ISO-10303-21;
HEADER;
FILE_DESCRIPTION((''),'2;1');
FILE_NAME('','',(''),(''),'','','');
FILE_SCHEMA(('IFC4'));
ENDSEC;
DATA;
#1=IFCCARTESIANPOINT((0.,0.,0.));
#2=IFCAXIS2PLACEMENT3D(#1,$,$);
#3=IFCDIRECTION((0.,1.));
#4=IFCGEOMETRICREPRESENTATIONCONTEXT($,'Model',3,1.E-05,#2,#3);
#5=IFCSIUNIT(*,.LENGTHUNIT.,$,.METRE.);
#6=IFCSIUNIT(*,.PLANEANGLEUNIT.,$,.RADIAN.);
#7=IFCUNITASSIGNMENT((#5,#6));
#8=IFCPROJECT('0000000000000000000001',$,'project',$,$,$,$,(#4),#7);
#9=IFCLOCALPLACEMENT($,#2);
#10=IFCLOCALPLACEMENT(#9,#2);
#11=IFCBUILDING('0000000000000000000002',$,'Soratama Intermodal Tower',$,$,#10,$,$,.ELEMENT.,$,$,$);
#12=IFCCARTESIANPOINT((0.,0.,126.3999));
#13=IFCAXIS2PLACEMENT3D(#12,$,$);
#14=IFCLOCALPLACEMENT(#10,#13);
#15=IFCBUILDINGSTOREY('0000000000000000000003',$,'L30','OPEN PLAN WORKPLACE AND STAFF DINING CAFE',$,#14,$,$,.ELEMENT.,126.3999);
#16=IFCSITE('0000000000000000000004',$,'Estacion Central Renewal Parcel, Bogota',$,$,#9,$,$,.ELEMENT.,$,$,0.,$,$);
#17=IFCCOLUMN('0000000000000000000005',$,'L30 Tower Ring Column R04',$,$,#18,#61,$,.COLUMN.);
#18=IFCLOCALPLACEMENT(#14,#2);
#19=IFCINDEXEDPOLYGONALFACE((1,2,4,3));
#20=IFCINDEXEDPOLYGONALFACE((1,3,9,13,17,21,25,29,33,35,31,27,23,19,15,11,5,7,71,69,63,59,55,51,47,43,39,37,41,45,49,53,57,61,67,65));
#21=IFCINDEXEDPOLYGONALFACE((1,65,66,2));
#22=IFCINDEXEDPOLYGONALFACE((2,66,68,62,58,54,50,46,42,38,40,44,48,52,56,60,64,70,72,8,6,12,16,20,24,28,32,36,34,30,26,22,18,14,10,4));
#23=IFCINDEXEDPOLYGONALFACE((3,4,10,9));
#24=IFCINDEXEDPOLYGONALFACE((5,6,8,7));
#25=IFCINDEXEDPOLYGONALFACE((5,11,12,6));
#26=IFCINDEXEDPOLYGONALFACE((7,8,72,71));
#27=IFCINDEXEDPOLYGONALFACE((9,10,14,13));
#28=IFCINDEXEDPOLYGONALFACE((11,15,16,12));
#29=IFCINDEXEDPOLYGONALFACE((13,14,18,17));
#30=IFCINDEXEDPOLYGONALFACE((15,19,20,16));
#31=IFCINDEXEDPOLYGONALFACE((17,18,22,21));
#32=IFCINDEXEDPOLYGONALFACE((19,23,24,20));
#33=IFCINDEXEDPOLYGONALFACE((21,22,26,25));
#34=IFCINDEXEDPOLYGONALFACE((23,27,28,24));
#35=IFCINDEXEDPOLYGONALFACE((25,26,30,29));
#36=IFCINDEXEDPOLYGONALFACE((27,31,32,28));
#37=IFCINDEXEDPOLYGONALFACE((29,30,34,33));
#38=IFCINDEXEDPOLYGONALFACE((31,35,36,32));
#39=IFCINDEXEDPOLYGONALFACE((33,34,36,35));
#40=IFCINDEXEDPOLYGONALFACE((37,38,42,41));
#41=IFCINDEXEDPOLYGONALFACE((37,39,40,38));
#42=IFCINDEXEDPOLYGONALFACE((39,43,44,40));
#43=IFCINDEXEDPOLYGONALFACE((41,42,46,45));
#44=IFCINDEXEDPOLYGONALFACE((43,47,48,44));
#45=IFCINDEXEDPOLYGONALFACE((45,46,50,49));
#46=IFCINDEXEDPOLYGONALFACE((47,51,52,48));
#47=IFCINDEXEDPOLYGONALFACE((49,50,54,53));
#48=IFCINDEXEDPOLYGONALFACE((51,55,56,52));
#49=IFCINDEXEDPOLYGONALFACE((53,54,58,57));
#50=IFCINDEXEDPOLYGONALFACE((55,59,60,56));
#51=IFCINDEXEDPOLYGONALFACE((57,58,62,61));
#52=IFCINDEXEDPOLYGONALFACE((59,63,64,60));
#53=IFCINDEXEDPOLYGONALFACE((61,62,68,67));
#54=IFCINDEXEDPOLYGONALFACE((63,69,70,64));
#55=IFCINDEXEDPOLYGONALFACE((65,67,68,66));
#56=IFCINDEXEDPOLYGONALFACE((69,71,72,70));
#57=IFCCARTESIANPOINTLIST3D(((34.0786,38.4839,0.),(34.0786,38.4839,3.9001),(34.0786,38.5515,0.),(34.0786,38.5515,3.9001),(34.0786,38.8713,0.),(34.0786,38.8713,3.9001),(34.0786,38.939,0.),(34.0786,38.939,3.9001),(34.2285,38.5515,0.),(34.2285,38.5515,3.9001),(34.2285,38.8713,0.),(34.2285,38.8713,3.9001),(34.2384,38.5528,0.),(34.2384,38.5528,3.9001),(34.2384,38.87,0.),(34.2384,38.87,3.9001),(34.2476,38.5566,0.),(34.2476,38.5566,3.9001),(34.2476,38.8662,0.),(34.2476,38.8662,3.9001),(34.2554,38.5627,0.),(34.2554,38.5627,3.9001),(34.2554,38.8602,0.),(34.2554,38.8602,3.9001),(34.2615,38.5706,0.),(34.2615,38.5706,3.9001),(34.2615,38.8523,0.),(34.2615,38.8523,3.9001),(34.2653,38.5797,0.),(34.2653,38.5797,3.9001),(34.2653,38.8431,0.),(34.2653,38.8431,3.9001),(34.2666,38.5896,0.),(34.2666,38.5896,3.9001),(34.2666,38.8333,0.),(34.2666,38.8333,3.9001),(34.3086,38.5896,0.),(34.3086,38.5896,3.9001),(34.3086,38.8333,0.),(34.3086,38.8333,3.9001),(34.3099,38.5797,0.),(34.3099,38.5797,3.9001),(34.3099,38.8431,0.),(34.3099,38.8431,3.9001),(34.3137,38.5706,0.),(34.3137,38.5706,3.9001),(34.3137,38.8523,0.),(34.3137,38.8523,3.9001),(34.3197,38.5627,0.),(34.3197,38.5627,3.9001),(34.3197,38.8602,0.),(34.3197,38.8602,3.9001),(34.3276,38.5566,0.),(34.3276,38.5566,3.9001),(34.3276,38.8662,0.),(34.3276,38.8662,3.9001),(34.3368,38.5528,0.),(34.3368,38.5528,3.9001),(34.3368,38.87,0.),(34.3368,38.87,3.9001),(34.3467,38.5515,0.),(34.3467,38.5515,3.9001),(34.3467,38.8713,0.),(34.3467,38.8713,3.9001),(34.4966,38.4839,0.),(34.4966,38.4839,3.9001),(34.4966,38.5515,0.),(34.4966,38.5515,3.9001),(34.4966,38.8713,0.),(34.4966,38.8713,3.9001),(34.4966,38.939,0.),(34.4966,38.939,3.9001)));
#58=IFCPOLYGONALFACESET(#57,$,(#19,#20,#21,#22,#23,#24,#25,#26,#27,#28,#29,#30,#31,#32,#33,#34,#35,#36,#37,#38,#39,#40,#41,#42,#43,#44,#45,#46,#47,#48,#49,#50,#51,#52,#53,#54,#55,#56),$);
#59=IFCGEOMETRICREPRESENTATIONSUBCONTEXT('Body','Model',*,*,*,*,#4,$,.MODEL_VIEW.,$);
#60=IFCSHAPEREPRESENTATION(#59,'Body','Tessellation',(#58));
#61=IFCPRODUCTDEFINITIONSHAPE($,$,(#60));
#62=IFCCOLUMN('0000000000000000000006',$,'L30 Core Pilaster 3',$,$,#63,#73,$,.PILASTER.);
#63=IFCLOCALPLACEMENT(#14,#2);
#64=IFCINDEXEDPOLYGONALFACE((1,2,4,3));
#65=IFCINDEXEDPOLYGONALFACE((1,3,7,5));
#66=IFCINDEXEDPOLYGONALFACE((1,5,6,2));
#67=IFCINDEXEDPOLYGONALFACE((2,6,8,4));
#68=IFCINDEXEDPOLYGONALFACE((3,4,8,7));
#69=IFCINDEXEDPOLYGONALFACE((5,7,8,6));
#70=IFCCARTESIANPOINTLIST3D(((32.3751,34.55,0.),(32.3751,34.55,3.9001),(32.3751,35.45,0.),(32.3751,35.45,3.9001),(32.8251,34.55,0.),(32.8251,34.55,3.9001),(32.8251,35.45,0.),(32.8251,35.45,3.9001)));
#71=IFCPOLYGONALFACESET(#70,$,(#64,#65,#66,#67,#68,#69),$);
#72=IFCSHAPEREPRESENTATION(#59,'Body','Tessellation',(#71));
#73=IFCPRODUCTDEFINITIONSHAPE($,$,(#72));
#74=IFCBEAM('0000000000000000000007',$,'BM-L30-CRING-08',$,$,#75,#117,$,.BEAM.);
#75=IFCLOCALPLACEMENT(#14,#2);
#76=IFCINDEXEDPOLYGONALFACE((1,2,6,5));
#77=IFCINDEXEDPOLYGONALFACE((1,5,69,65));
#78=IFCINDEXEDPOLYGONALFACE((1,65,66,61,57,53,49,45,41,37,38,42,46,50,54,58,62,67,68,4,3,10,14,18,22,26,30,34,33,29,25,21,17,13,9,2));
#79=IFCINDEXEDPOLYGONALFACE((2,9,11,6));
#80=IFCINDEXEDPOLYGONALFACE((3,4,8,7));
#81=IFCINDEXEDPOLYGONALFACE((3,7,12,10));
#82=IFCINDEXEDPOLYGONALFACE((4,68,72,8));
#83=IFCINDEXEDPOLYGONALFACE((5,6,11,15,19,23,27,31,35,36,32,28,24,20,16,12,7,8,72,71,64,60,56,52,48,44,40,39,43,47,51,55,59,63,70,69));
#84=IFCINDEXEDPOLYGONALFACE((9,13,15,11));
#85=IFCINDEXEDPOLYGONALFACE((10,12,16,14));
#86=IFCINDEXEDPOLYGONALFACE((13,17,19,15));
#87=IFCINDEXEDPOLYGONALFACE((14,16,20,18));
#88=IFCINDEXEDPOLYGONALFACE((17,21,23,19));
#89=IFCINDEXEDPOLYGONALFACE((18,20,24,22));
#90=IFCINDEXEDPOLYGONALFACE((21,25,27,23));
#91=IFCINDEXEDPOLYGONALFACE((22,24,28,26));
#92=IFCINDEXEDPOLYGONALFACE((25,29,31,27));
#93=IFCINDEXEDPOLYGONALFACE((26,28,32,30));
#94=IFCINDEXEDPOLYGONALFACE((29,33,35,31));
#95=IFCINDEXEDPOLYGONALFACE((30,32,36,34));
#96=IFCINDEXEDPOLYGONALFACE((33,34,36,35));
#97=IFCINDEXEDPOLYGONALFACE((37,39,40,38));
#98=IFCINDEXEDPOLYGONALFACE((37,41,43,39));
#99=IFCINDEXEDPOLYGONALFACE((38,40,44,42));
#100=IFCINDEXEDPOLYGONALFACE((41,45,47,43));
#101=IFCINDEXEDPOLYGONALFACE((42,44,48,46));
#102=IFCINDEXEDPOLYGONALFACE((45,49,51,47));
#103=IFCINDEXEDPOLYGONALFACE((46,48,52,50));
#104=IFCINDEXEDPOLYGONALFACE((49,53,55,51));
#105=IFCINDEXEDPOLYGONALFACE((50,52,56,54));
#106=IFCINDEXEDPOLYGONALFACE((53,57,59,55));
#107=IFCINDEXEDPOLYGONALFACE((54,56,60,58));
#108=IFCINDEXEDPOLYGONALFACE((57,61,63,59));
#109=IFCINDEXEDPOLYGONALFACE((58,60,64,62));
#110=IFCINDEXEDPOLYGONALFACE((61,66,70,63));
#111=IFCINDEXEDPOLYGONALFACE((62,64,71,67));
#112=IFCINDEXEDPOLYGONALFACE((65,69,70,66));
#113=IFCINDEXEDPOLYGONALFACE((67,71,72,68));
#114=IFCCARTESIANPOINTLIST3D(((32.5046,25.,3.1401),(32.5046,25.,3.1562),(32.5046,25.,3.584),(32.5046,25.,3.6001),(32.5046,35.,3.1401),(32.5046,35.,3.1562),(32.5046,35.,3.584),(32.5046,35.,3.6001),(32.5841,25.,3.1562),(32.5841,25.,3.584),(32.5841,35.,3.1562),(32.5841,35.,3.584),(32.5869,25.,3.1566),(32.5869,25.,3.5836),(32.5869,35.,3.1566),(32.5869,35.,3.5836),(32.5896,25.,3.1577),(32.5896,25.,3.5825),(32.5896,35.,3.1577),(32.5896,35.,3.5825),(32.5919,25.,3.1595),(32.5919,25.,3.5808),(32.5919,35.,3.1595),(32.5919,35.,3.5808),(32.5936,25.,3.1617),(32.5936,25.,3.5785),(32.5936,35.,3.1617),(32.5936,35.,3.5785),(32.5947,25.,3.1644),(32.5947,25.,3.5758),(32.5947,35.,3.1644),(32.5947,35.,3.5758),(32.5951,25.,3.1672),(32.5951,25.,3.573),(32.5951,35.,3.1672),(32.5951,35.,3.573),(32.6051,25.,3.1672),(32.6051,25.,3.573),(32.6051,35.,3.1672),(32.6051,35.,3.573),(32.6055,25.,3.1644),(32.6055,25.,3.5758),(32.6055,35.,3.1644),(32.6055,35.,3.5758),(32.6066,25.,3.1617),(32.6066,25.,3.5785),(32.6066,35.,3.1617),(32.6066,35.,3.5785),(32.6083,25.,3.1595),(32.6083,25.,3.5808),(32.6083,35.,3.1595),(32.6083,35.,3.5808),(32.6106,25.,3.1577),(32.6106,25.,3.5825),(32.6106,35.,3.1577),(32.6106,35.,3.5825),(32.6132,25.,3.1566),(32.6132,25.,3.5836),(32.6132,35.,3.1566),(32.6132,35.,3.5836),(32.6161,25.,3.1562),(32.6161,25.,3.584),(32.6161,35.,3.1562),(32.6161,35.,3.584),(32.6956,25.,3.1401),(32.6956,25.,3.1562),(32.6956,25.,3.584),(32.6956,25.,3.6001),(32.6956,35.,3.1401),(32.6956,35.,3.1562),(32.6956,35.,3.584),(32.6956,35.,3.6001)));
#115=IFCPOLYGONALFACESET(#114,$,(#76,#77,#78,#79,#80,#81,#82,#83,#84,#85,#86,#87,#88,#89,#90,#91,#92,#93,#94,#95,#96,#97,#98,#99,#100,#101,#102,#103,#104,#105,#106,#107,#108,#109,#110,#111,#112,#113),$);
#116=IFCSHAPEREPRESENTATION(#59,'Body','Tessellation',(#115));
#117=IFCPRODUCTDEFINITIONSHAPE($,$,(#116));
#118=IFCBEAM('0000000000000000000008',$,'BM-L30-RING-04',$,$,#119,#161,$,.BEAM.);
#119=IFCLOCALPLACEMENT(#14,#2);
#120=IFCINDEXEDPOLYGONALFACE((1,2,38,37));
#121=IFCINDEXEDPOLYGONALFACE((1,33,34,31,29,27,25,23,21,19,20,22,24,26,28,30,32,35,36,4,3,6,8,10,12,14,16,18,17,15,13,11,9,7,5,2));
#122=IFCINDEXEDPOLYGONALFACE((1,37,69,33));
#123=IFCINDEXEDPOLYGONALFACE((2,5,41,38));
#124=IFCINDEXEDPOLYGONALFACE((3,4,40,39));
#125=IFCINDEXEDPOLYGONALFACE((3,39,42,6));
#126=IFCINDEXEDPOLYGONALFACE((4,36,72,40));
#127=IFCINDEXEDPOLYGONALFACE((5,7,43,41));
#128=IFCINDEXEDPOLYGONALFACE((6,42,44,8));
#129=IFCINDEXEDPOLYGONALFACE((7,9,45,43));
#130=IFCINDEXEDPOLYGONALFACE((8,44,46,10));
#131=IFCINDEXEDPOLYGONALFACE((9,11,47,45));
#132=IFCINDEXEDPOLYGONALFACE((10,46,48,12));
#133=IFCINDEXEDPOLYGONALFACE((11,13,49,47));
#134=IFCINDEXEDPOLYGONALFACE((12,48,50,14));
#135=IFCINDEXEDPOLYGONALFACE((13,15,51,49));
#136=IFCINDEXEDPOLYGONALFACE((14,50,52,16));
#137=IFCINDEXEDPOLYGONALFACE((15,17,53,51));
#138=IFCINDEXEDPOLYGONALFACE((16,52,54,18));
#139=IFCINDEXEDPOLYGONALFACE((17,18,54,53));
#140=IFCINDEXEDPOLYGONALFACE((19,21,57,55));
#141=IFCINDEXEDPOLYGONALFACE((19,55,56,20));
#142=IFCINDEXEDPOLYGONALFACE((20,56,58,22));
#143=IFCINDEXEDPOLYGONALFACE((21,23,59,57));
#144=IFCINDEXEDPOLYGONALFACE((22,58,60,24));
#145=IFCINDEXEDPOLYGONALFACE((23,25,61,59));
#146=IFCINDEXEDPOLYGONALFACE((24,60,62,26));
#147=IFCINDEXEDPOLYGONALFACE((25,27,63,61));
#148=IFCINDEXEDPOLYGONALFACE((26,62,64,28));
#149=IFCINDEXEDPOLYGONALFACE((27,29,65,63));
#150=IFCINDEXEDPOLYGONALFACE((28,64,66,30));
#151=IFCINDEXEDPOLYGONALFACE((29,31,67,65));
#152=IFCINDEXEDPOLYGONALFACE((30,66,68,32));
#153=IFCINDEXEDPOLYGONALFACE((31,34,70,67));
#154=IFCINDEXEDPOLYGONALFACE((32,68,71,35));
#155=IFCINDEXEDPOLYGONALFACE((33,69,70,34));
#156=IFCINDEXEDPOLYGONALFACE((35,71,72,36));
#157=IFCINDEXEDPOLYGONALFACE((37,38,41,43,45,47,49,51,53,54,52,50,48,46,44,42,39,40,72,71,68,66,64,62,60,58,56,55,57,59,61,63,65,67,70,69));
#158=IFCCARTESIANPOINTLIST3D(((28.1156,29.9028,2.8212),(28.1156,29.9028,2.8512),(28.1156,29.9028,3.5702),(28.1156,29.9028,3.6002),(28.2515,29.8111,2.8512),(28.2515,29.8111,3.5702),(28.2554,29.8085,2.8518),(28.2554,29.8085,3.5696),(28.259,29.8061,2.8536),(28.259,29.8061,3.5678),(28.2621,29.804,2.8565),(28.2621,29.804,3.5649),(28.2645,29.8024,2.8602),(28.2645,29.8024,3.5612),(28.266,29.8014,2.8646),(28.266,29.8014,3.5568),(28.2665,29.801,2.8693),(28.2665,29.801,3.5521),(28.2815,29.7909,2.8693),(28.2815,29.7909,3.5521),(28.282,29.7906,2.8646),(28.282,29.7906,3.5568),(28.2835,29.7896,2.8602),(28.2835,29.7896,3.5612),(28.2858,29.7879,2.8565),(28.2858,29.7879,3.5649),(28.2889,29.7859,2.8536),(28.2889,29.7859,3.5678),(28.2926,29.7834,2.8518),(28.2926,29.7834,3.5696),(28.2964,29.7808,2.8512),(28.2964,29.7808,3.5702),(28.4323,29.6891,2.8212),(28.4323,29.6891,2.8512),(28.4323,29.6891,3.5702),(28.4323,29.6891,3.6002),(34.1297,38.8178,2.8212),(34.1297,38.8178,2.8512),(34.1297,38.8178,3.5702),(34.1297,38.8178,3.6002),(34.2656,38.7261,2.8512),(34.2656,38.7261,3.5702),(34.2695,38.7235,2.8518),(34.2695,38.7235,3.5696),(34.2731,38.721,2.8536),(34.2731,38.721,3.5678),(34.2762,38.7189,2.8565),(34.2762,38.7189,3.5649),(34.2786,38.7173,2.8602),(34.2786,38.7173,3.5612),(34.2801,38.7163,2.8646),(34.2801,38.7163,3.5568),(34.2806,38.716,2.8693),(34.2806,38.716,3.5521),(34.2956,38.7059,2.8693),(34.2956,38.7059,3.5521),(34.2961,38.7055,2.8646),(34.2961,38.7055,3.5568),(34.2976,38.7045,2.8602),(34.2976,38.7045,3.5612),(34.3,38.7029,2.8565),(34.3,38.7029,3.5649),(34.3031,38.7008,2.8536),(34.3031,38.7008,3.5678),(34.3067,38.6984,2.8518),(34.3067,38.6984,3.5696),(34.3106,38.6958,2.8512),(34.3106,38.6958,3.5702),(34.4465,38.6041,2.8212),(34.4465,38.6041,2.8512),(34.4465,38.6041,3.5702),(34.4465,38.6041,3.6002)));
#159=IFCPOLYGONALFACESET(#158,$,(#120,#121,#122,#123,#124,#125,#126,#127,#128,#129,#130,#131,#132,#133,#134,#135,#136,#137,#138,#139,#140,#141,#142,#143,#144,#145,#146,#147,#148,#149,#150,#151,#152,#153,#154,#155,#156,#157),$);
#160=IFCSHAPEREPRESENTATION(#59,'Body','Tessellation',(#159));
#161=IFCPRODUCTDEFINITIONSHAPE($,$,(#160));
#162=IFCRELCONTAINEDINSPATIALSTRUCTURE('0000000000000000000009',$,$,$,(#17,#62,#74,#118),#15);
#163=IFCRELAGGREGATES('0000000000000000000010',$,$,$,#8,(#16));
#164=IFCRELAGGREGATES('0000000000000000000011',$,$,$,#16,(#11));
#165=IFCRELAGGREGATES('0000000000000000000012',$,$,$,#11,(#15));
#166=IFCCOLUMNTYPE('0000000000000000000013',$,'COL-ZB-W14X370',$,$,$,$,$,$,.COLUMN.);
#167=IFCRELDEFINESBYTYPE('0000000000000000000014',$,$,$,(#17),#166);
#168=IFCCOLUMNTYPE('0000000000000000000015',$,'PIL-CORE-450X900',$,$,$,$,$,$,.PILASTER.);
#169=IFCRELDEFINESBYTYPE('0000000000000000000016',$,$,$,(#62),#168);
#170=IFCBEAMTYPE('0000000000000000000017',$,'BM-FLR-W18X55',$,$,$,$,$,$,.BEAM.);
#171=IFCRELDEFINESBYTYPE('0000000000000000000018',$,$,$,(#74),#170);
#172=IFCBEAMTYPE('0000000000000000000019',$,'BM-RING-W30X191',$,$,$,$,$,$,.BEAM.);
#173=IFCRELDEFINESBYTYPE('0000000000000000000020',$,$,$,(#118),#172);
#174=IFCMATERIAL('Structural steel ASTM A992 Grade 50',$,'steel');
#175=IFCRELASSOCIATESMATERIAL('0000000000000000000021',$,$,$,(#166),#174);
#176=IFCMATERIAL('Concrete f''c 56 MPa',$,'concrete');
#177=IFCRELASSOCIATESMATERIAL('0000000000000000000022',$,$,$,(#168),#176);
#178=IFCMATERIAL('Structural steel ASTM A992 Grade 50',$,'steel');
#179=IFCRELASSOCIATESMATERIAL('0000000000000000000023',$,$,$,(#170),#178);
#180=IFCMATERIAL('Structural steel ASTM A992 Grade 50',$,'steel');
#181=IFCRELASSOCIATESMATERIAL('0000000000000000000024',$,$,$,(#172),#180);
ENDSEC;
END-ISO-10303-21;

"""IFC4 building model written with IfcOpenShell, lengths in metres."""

from ifc_helpers import new_model, si_unit, direction, frame, origin, origin_2d, place, context, subcontext, project, spatial, rectangle, i_section, extrude, material, material_profile, profile_set, type_object, element, save


model = new_model("IFC4")

# Units and contexts
model_context = context("Model", 3, precision=1e-05, world=origin(), true_north=direction((0.0, 1.0)))
body_context = subcontext(model_context, "Body", "Model", "MODEL_VIEW")
ifc_project = project(units=[si_unit("LENGTHUNIT", "METRE"), si_unit("PLANEANGLEUNIT", "RADIAN")], contexts=[model_context])

# Site, building, storey
site_placement = place(None, origin())
site = spatial("IfcSite", under=ifc_project, at=site_placement, Name="Estacion Central Renewal Parcel, Bogota", CompositionType="ELEMENT", RefElevation=0.0)
building_placement = place(site_placement, origin())
building = spatial("IfcBuilding", under=site, at=building_placement, Name="Soratama Intermodal Tower", CompositionType="ELEMENT")
storey_placement = place(building_placement, frame((0.0, 0.0, 126.3999)))
storey = spatial("IfcBuildingStorey", under=building, at=storey_placement, Name="L30", Description="OPEN PLAN WORKPLACE AND STAFF DINING CAFE", CompositionType="ELEMENT", Elevation=126.3999)

# Columns
ifc_material_1 = material(Name="Structural steel ASTM A992 Grade 50", Category="steel")
ifc_material_profile_1 = material_profile(ifc_material_1, i_section(OverallWidth=0.418, OverallDepth=0.4551, WebThickness=0.042, FlangeThickness=0.0676, FilletRadius=0.0381, at=origin_2d()), Name="W14X370")
ifc_profile_set_1 = profile_set([ifc_material_profile_1], Name="Structural steel ASTM A992 Grade 50")
column_type_1 = type_object("IfcColumnType", Name="COL-ZB-W14X370", PredefinedType="COLUMN", material=ifc_profile_set_1)
column_1_placement = place(storey_placement, frame((34.2876, 38.7114, 0.0), z_axis=(0.0, 0.0, 1.0), x_axis=(1.0, 0.0, 0.0)))
element("IfcColumn", 1, at=column_1_placement, inside=storey, type_object=column_type_1, Name="L30 Tower Ring Column R04", PredefinedType="COLUMN", context=body_context, shape_type="SweptSolid", body=[
    extrude(i_section(OverallWidth=0.418, OverallDepth=0.4551, WebThickness=0.042, FlangeThickness=0.0676, FilletRadius=0.0381, at=origin_2d()), origin(), (0.0, 0.0, 1.0), 3.9001),
])
ifc_material_2 = material(Name="Concrete f'c 56 MPa", Category="concrete")
ifc_material_profile_2 = material_profile(ifc_material_2, rectangle(XDim=0.45, YDim=0.8999, at=origin_2d()), Name="RC450X900")
ifc_profile_set_2 = profile_set([ifc_material_profile_2], Name="Concrete f'c 56 MPa")
column_type_2 = type_object("IfcColumnType", Name="PIL-CORE-450X900", PredefinedType="PILASTER", material=ifc_profile_set_2)
column_2_placement = place(storey_placement, frame((32.6001, 35.0, 0.0), z_axis=(0.0, 0.0, 1.0), x_axis=(1.0, 0.0, 0.0)))
element("IfcColumn", 2, at=column_2_placement, inside=storey, type_object=column_type_2, Name="L30 Core Pilaster 3", PredefinedType="PILASTER", context=body_context, shape_type="SweptSolid", body=[
    extrude(rectangle(XDim=0.45, YDim=0.8999, at=origin_2d()), origin(), (0.0, 0.0, 1.0), 3.9001),
])

# Beams
ifc_material_3 = material(Name="Structural steel ASTM A992 Grade 50", Category="steel")
ifc_material_profile_3 = material_profile(ifc_material_3, i_section(OverallWidth=0.1909, OverallDepth=0.46, WebThickness=0.01, FlangeThickness=0.0161, FilletRadius=0.011, at=origin_2d()), Name="W18X55")
ifc_profile_set_3 = profile_set([ifc_material_profile_3], Name="Structural steel ASTM A992 Grade 50")
beam_type_1 = type_object("IfcBeamType", Name="BM-FLR-W18X55", PredefinedType="BEAM", material=ifc_profile_set_3)
beam_1_placement = place(storey_placement, frame((32.6001, 35.0, 3.3701), z_axis=(0.0, -1.0, 0.0), x_axis=(1.0, 0.0, 0.0)))
element("IfcBeam", 3, at=beam_1_placement, inside=storey, type_object=beam_type_1, Name="BM-L30-CRING-08", PredefinedType="BEAM", context=body_context, shape_type="SweptSolid", body=[
    extrude(i_section(OverallWidth=0.1909, OverallDepth=0.46, WebThickness=0.01, FlangeThickness=0.0161, FilletRadius=0.011, at=origin_2d()), origin(), (0.0, 0.0, 1.0), 10.0),
])
ifc_material_4 = material(Name="Structural steel ASTM A992 Grade 50", Category="steel")
ifc_material_profile_4 = material_profile(ifc_material_4, i_section(OverallWidth=0.3821, OverallDepth=0.7791, WebThickness=0.0181, FlangeThickness=0.03, FilletRadius=0.0181, at=origin_2d()), Name="W30X191")
ifc_profile_set_4 = profile_set([ifc_material_profile_4], Name="Structural steel ASTM A992 Grade 50")
beam_type_2 = type_object("IfcBeamType", Name="BM-RING-W30X191", PredefinedType="BEAM", material=ifc_profile_set_4)
beam_2_placement = place(storey_placement, frame((34.2881, 38.7109, 3.2107), z_axis=(-0.55925, -0.828999, 0.0), x_axis=(0.828999, -0.55925, 0.0)))
element("IfcBeam", 4, at=beam_2_placement, inside=storey, type_object=beam_type_2, Name="BM-L30-RING-04", PredefinedType="BEAM", context=body_context, shape_type="SweptSolid", body=[
    extrude(i_section(OverallWidth=0.3821, OverallDepth=0.7791, WebThickness=0.0181, FlangeThickness=0.03, FilletRadius=0.0181, at=origin_2d()), origin(), (0.0, 0.0, 1.0), 10.7539),
])

save(model, "model.ifc")
